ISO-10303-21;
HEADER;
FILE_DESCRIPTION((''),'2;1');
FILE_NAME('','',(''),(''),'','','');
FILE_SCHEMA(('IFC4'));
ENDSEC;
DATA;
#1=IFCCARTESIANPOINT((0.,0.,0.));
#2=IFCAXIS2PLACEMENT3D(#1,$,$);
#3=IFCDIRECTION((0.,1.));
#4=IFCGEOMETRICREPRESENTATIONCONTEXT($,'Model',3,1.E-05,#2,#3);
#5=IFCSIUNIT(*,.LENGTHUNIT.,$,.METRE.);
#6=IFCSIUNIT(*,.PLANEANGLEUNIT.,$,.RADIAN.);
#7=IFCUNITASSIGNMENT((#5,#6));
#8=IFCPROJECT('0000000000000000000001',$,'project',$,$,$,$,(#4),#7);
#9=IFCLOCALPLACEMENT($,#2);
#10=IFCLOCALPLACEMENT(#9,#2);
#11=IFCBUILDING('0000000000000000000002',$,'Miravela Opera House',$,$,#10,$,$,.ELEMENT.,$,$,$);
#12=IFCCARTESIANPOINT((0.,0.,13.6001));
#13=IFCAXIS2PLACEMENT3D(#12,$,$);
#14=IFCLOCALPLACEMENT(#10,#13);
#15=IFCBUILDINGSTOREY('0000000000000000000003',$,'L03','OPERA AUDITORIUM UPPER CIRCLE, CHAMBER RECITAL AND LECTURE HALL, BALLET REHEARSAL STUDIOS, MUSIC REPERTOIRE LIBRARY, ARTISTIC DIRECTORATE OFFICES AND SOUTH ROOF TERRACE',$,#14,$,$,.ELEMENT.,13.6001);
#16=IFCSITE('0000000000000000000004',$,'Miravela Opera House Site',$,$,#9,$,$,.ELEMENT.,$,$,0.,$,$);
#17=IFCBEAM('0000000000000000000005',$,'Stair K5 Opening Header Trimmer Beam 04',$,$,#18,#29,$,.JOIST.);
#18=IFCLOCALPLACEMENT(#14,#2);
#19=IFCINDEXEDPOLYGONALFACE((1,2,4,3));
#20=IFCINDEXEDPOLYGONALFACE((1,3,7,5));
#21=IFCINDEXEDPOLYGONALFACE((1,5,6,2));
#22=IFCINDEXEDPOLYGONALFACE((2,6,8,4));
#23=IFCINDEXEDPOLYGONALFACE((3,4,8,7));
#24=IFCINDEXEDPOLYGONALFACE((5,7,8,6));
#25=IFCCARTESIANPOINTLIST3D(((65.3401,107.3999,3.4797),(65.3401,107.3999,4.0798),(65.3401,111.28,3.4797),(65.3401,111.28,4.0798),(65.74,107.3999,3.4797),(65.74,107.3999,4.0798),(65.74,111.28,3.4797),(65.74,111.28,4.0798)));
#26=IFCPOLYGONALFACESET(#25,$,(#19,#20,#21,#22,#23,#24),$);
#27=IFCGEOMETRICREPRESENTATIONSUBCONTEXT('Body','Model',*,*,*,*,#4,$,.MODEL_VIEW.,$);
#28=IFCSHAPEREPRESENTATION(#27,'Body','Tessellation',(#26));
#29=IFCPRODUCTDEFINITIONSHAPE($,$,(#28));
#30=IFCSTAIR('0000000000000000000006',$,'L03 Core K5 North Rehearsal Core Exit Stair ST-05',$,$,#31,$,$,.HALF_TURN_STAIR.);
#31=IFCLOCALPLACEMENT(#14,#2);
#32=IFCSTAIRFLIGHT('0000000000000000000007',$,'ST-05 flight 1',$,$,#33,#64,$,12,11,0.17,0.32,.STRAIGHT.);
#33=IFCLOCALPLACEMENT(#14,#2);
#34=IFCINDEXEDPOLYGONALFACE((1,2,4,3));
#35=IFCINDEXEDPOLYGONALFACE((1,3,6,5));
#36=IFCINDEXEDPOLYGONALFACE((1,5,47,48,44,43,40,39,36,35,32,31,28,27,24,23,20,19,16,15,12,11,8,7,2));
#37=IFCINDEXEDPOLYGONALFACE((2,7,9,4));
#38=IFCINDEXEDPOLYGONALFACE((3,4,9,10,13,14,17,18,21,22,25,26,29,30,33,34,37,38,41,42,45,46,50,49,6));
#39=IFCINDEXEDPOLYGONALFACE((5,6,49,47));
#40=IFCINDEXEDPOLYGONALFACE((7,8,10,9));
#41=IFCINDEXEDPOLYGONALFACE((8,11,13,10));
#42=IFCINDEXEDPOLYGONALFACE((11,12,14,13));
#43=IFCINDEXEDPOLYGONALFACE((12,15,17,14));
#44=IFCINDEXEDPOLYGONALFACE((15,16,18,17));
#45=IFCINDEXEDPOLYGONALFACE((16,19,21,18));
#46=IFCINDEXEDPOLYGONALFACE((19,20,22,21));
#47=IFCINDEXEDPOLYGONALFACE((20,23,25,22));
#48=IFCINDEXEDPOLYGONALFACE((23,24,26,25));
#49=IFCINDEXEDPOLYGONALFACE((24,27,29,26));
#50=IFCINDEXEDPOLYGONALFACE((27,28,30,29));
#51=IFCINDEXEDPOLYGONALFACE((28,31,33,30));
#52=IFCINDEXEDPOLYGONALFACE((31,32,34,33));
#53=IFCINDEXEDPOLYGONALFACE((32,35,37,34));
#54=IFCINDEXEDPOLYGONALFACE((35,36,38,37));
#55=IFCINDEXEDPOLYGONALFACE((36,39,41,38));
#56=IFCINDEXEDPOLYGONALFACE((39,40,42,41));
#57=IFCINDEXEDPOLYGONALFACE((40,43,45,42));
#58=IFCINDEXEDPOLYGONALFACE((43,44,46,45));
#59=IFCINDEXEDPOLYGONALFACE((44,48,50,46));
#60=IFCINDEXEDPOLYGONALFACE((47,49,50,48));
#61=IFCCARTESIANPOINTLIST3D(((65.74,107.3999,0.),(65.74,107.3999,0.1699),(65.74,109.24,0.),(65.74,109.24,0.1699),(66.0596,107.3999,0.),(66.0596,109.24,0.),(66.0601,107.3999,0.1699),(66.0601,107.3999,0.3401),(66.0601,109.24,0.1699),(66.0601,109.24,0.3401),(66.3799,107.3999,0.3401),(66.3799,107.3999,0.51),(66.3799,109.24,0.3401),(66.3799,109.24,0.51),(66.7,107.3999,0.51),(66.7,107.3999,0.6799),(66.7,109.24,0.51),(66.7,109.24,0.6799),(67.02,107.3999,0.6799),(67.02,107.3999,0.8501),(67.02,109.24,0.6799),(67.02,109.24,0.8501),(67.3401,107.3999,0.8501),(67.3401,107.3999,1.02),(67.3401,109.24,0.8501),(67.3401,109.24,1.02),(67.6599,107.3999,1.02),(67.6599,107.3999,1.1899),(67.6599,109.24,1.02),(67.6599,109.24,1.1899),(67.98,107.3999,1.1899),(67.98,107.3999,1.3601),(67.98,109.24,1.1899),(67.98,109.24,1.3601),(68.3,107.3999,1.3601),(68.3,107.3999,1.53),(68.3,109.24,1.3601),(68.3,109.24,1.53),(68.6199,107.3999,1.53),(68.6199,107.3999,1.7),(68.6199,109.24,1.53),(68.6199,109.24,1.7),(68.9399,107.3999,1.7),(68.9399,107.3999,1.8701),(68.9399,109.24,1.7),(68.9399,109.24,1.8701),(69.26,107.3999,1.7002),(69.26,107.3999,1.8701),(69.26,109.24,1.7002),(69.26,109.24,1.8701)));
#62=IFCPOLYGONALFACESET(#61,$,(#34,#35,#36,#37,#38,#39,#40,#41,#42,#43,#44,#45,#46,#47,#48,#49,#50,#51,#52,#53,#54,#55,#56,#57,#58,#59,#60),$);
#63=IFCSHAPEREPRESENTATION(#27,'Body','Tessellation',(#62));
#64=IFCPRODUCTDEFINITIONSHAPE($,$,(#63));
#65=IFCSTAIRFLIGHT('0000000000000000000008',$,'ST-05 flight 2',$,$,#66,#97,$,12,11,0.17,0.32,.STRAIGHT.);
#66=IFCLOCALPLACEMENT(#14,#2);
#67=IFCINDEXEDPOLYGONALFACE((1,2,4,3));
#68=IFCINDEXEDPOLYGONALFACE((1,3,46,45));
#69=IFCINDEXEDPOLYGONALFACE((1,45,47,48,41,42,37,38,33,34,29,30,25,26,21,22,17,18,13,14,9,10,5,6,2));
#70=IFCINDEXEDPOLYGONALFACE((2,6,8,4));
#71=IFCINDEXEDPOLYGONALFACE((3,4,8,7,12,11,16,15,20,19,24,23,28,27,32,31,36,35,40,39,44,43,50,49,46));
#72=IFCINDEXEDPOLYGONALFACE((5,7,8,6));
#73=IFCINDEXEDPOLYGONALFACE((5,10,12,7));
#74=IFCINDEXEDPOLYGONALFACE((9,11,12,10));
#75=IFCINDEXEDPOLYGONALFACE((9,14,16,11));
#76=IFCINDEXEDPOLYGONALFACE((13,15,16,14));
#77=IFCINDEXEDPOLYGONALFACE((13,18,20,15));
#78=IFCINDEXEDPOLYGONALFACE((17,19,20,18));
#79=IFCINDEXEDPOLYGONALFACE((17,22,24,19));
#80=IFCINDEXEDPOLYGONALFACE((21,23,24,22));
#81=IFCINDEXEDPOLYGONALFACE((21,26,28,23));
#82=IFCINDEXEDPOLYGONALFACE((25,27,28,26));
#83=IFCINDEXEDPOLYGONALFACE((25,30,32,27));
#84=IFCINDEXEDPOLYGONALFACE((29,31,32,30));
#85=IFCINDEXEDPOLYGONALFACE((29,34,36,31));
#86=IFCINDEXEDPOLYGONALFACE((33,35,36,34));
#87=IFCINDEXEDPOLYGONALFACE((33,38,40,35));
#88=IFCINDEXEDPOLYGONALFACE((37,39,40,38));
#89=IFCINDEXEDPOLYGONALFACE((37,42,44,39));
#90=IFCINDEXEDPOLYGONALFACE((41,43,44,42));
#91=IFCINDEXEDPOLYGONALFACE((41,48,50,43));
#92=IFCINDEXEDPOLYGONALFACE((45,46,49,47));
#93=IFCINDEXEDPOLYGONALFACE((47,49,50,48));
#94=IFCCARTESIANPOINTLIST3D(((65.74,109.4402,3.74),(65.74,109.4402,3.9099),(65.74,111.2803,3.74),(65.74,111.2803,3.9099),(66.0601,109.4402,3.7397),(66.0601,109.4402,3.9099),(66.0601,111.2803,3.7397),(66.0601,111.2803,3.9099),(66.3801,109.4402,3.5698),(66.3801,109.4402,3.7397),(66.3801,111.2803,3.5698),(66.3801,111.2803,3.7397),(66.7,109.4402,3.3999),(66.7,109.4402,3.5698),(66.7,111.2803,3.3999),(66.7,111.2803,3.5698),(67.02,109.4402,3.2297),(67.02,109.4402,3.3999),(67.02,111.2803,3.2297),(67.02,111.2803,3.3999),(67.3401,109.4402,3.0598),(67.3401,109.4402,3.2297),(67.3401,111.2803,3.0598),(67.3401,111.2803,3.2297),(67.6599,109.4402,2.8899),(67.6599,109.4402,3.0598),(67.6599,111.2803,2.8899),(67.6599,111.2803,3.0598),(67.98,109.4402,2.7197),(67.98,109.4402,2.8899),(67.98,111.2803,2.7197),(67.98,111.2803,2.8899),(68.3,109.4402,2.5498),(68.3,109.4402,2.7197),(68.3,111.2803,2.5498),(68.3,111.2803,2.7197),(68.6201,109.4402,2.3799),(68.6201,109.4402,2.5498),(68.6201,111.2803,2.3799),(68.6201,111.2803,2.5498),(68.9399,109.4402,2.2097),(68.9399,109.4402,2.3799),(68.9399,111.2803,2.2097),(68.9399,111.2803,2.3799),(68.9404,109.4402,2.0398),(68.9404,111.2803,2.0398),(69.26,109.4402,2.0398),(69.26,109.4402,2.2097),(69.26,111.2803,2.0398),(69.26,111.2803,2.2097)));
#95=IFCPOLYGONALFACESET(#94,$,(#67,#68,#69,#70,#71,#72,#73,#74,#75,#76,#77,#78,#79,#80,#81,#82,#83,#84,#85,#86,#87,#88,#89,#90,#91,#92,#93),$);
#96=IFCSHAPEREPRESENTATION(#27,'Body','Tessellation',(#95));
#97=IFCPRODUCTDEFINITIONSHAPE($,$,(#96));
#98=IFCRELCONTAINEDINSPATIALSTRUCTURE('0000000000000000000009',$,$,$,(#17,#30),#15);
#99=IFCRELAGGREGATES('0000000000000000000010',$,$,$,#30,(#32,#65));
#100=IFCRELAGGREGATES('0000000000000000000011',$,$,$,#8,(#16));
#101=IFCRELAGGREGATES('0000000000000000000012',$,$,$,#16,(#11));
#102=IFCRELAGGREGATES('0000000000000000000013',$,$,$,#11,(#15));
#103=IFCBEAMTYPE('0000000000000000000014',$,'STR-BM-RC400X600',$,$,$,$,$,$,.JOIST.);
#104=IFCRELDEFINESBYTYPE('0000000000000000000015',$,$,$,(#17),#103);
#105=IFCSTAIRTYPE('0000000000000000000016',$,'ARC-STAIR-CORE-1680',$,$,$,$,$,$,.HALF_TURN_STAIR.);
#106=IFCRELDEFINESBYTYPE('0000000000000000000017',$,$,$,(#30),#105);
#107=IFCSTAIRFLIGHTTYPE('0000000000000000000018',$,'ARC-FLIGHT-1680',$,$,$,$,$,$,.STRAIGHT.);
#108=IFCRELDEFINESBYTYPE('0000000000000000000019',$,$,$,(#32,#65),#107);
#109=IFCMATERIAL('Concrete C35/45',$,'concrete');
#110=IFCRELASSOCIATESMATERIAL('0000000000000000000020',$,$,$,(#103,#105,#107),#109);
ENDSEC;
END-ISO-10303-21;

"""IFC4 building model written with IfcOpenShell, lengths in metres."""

from ifc_helpers import new_model, si_unit, direction, frame, origin, origin_2d, place, context, subcontext, project, spatial, polyline, rectangle, outline, extrude, material, material_profile, profile_set, type_object, element, aggregate, save


model = new_model("IFC4")

# Units and contexts
model_context = context("Model", 3, precision=1e-05, world=origin(), true_north=direction((0.0, 1.0)))
body_context = subcontext(model_context, "Body", "Model", "MODEL_VIEW")
ifc_project = project(units=[si_unit("LENGTHUNIT", "METRE"), si_unit("PLANEANGLEUNIT", "RADIAN")], contexts=[model_context])

# Site, building, storey
site_placement = place(None, origin())
site = spatial("IfcSite", under=ifc_project, at=site_placement, Name="Miravela Opera House Site", CompositionType="ELEMENT", RefElevation=0.0)
building_placement = place(site_placement, origin())
building = spatial("IfcBuilding", under=site, at=building_placement, Name="Miravela Opera House", CompositionType="ELEMENT")
storey_placement = place(building_placement, frame((0.0, 0.0, 13.6001)))
storey = spatial("IfcBuildingStorey", under=building, at=storey_placement, Name="L03", Description="OPERA AUDITORIUM UPPER CIRCLE, CHAMBER RECITAL AND LECTURE HALL, BALLET REHEARSAL STUDIOS, MUSIC REPERTOIRE LIBRARY, ARTISTIC DIRECTORATE OFFICES AND SOUTH ROOF TERRACE", CompositionType="ELEMENT", Elevation=13.6001)

# Beam
ifc_material_1 = material(Name="Concrete C35/45", Category="concrete")
ifc_material_profile_1 = material_profile(ifc_material_1, rectangle(XDim=0.3999, YDim=0.6001, at=origin_2d()), Name="RC-BM-400X600")
ifc_profile_set_1 = profile_set([ifc_material_profile_1])
beam_type = type_object("IfcBeamType", Name="STR-BM-RC400X600", PredefinedType="JOIST", material=ifc_profile_set_1)
beam_placement = place(storey_placement, frame((65.54, 107.3999, 3.7798), z_axis=(0.0, 1.0, 0.0), x_axis=(-1.0, 0.0, 0.0)))
element("IfcBeam", 1, at=beam_placement, inside=storey, type_object=beam_type, Name="Stair K5 Opening Header Trimmer Beam 04", PredefinedType="JOIST", context=body_context, shape_type="SweptSolid", body=[
    extrude(rectangle(XDim=0.3999, YDim=0.6001, at=origin_2d()), origin(), (0.0, 0.0, 1.0), 3.8801),
])

# Stair, stair flights
stair_type = type_object("IfcStairType", Name="ARC-STAIR-CORE-1680", PredefinedType="HALF_TURN_STAIR", material=ifc_material_1)
stair_placement = place(storey_placement, origin())
stair = element("IfcStair", 2, at=stair_placement, inside=storey, type_object=stair_type, Name="L03 Core K5 North Rehearsal Core Exit Stair ST-05", PredefinedType="HALF_TURN_STAIR")
stair_flight_type = type_object("IfcStairFlightType", Name="ARC-FLIGHT-1680", PredefinedType="STRAIGHT", material=ifc_material_1)
stair_flight_1_placement = place(storey_placement, frame((65.74, 108.3201, 0.0), z_axis=(0.0, 0.0, 1.0), x_axis=(1.0, 0.0, 0.0)))
stair_flight_1 = element("IfcStairFlight", 3, at=stair_flight_1_placement, type_object=stair_flight_type, Name="ST-05 flight 1", NumberOfRisers=12, NumberOfTreads=11, PredefinedType="STRAIGHT", RiserHeight=0.17, TreadLength=0.32, context=body_context, shape_type="SweptSolid", body=[
    extrude(outline(polyline([(0.0, 0.0), (0.0, 0.1699), (0.3201, 0.1699), (0.3201, 0.3401), (0.6399, 0.3401), (0.6399, 0.51), (0.96, 0.51), (0.96, 0.6799), (1.28, 0.6799), (1.28, 0.8501), (1.6001, 0.8501), (1.6001, 1.02), (1.9199, 1.02), (1.9199, 1.1899), (2.24, 1.1899), (2.24, 1.3601), (2.5601, 1.3601), (2.5601, 1.53), (2.8799, 1.53), (2.8799, 1.7), (3.2, 1.7), (3.2, 1.8701), (3.52, 1.8701), (3.52, 2.04), (3.52, 1.7002), (0.3196, 0.0), (0.0, 0.0)])), frame((0.0, 0.9199, 0.0), z_axis=(0.0, -1.0, 0.0), x_axis=(1.0, 0.0, 0.0)), (0.0, 0.0, 1.0), 1.8401),
])
stair_flight_2_placement = place(storey_placement, frame((69.26, 110.3601, 2.0398), z_axis=(0.0, 0.0, 1.0), x_axis=(-1.0, 0.0, 0.0)))
stair_flight_2 = element("IfcStairFlight", 4, at=stair_flight_2_placement, type_object=stair_flight_type, Name="ST-05 flight 2", NumberOfRisers=12, NumberOfTreads=11, PredefinedType="STRAIGHT", RiserHeight=0.17, TreadLength=0.32, context=body_context, shape_type="SweptSolid", body=[
    extrude(outline(polyline([(0.0, 0.0), (0.0, 0.1699), (0.3201, 0.1699), (0.3201, 0.3401), (0.6399, 0.3401), (0.6399, 0.51), (0.96, 0.51), (0.96, 0.6799), (1.28, 0.6799), (1.28, 0.8501), (1.6001, 0.8501), (1.6001, 1.02), (1.9199, 1.02), (1.9199, 1.1899), (2.24, 1.1899), (2.24, 1.3601), (2.5601, 1.3601), (2.5601, 1.53), (2.8799, 1.53), (2.8799, 1.7), (3.2, 1.7), (3.2, 1.8701), (3.52, 1.8701), (3.52, 2.04), (3.52, 1.7002), (0.3196, 0.0), (0.0, 0.0)])), frame((0.0, 0.9199, 0.0), z_axis=(0.0, -1.0, 0.0), x_axis=(1.0, 0.0, 0.0)), (0.0, 0.0, 1.0), 1.8401),
])
aggregate(stair, [stair_flight_1, stair_flight_2])

save(model, "model.ifc")
